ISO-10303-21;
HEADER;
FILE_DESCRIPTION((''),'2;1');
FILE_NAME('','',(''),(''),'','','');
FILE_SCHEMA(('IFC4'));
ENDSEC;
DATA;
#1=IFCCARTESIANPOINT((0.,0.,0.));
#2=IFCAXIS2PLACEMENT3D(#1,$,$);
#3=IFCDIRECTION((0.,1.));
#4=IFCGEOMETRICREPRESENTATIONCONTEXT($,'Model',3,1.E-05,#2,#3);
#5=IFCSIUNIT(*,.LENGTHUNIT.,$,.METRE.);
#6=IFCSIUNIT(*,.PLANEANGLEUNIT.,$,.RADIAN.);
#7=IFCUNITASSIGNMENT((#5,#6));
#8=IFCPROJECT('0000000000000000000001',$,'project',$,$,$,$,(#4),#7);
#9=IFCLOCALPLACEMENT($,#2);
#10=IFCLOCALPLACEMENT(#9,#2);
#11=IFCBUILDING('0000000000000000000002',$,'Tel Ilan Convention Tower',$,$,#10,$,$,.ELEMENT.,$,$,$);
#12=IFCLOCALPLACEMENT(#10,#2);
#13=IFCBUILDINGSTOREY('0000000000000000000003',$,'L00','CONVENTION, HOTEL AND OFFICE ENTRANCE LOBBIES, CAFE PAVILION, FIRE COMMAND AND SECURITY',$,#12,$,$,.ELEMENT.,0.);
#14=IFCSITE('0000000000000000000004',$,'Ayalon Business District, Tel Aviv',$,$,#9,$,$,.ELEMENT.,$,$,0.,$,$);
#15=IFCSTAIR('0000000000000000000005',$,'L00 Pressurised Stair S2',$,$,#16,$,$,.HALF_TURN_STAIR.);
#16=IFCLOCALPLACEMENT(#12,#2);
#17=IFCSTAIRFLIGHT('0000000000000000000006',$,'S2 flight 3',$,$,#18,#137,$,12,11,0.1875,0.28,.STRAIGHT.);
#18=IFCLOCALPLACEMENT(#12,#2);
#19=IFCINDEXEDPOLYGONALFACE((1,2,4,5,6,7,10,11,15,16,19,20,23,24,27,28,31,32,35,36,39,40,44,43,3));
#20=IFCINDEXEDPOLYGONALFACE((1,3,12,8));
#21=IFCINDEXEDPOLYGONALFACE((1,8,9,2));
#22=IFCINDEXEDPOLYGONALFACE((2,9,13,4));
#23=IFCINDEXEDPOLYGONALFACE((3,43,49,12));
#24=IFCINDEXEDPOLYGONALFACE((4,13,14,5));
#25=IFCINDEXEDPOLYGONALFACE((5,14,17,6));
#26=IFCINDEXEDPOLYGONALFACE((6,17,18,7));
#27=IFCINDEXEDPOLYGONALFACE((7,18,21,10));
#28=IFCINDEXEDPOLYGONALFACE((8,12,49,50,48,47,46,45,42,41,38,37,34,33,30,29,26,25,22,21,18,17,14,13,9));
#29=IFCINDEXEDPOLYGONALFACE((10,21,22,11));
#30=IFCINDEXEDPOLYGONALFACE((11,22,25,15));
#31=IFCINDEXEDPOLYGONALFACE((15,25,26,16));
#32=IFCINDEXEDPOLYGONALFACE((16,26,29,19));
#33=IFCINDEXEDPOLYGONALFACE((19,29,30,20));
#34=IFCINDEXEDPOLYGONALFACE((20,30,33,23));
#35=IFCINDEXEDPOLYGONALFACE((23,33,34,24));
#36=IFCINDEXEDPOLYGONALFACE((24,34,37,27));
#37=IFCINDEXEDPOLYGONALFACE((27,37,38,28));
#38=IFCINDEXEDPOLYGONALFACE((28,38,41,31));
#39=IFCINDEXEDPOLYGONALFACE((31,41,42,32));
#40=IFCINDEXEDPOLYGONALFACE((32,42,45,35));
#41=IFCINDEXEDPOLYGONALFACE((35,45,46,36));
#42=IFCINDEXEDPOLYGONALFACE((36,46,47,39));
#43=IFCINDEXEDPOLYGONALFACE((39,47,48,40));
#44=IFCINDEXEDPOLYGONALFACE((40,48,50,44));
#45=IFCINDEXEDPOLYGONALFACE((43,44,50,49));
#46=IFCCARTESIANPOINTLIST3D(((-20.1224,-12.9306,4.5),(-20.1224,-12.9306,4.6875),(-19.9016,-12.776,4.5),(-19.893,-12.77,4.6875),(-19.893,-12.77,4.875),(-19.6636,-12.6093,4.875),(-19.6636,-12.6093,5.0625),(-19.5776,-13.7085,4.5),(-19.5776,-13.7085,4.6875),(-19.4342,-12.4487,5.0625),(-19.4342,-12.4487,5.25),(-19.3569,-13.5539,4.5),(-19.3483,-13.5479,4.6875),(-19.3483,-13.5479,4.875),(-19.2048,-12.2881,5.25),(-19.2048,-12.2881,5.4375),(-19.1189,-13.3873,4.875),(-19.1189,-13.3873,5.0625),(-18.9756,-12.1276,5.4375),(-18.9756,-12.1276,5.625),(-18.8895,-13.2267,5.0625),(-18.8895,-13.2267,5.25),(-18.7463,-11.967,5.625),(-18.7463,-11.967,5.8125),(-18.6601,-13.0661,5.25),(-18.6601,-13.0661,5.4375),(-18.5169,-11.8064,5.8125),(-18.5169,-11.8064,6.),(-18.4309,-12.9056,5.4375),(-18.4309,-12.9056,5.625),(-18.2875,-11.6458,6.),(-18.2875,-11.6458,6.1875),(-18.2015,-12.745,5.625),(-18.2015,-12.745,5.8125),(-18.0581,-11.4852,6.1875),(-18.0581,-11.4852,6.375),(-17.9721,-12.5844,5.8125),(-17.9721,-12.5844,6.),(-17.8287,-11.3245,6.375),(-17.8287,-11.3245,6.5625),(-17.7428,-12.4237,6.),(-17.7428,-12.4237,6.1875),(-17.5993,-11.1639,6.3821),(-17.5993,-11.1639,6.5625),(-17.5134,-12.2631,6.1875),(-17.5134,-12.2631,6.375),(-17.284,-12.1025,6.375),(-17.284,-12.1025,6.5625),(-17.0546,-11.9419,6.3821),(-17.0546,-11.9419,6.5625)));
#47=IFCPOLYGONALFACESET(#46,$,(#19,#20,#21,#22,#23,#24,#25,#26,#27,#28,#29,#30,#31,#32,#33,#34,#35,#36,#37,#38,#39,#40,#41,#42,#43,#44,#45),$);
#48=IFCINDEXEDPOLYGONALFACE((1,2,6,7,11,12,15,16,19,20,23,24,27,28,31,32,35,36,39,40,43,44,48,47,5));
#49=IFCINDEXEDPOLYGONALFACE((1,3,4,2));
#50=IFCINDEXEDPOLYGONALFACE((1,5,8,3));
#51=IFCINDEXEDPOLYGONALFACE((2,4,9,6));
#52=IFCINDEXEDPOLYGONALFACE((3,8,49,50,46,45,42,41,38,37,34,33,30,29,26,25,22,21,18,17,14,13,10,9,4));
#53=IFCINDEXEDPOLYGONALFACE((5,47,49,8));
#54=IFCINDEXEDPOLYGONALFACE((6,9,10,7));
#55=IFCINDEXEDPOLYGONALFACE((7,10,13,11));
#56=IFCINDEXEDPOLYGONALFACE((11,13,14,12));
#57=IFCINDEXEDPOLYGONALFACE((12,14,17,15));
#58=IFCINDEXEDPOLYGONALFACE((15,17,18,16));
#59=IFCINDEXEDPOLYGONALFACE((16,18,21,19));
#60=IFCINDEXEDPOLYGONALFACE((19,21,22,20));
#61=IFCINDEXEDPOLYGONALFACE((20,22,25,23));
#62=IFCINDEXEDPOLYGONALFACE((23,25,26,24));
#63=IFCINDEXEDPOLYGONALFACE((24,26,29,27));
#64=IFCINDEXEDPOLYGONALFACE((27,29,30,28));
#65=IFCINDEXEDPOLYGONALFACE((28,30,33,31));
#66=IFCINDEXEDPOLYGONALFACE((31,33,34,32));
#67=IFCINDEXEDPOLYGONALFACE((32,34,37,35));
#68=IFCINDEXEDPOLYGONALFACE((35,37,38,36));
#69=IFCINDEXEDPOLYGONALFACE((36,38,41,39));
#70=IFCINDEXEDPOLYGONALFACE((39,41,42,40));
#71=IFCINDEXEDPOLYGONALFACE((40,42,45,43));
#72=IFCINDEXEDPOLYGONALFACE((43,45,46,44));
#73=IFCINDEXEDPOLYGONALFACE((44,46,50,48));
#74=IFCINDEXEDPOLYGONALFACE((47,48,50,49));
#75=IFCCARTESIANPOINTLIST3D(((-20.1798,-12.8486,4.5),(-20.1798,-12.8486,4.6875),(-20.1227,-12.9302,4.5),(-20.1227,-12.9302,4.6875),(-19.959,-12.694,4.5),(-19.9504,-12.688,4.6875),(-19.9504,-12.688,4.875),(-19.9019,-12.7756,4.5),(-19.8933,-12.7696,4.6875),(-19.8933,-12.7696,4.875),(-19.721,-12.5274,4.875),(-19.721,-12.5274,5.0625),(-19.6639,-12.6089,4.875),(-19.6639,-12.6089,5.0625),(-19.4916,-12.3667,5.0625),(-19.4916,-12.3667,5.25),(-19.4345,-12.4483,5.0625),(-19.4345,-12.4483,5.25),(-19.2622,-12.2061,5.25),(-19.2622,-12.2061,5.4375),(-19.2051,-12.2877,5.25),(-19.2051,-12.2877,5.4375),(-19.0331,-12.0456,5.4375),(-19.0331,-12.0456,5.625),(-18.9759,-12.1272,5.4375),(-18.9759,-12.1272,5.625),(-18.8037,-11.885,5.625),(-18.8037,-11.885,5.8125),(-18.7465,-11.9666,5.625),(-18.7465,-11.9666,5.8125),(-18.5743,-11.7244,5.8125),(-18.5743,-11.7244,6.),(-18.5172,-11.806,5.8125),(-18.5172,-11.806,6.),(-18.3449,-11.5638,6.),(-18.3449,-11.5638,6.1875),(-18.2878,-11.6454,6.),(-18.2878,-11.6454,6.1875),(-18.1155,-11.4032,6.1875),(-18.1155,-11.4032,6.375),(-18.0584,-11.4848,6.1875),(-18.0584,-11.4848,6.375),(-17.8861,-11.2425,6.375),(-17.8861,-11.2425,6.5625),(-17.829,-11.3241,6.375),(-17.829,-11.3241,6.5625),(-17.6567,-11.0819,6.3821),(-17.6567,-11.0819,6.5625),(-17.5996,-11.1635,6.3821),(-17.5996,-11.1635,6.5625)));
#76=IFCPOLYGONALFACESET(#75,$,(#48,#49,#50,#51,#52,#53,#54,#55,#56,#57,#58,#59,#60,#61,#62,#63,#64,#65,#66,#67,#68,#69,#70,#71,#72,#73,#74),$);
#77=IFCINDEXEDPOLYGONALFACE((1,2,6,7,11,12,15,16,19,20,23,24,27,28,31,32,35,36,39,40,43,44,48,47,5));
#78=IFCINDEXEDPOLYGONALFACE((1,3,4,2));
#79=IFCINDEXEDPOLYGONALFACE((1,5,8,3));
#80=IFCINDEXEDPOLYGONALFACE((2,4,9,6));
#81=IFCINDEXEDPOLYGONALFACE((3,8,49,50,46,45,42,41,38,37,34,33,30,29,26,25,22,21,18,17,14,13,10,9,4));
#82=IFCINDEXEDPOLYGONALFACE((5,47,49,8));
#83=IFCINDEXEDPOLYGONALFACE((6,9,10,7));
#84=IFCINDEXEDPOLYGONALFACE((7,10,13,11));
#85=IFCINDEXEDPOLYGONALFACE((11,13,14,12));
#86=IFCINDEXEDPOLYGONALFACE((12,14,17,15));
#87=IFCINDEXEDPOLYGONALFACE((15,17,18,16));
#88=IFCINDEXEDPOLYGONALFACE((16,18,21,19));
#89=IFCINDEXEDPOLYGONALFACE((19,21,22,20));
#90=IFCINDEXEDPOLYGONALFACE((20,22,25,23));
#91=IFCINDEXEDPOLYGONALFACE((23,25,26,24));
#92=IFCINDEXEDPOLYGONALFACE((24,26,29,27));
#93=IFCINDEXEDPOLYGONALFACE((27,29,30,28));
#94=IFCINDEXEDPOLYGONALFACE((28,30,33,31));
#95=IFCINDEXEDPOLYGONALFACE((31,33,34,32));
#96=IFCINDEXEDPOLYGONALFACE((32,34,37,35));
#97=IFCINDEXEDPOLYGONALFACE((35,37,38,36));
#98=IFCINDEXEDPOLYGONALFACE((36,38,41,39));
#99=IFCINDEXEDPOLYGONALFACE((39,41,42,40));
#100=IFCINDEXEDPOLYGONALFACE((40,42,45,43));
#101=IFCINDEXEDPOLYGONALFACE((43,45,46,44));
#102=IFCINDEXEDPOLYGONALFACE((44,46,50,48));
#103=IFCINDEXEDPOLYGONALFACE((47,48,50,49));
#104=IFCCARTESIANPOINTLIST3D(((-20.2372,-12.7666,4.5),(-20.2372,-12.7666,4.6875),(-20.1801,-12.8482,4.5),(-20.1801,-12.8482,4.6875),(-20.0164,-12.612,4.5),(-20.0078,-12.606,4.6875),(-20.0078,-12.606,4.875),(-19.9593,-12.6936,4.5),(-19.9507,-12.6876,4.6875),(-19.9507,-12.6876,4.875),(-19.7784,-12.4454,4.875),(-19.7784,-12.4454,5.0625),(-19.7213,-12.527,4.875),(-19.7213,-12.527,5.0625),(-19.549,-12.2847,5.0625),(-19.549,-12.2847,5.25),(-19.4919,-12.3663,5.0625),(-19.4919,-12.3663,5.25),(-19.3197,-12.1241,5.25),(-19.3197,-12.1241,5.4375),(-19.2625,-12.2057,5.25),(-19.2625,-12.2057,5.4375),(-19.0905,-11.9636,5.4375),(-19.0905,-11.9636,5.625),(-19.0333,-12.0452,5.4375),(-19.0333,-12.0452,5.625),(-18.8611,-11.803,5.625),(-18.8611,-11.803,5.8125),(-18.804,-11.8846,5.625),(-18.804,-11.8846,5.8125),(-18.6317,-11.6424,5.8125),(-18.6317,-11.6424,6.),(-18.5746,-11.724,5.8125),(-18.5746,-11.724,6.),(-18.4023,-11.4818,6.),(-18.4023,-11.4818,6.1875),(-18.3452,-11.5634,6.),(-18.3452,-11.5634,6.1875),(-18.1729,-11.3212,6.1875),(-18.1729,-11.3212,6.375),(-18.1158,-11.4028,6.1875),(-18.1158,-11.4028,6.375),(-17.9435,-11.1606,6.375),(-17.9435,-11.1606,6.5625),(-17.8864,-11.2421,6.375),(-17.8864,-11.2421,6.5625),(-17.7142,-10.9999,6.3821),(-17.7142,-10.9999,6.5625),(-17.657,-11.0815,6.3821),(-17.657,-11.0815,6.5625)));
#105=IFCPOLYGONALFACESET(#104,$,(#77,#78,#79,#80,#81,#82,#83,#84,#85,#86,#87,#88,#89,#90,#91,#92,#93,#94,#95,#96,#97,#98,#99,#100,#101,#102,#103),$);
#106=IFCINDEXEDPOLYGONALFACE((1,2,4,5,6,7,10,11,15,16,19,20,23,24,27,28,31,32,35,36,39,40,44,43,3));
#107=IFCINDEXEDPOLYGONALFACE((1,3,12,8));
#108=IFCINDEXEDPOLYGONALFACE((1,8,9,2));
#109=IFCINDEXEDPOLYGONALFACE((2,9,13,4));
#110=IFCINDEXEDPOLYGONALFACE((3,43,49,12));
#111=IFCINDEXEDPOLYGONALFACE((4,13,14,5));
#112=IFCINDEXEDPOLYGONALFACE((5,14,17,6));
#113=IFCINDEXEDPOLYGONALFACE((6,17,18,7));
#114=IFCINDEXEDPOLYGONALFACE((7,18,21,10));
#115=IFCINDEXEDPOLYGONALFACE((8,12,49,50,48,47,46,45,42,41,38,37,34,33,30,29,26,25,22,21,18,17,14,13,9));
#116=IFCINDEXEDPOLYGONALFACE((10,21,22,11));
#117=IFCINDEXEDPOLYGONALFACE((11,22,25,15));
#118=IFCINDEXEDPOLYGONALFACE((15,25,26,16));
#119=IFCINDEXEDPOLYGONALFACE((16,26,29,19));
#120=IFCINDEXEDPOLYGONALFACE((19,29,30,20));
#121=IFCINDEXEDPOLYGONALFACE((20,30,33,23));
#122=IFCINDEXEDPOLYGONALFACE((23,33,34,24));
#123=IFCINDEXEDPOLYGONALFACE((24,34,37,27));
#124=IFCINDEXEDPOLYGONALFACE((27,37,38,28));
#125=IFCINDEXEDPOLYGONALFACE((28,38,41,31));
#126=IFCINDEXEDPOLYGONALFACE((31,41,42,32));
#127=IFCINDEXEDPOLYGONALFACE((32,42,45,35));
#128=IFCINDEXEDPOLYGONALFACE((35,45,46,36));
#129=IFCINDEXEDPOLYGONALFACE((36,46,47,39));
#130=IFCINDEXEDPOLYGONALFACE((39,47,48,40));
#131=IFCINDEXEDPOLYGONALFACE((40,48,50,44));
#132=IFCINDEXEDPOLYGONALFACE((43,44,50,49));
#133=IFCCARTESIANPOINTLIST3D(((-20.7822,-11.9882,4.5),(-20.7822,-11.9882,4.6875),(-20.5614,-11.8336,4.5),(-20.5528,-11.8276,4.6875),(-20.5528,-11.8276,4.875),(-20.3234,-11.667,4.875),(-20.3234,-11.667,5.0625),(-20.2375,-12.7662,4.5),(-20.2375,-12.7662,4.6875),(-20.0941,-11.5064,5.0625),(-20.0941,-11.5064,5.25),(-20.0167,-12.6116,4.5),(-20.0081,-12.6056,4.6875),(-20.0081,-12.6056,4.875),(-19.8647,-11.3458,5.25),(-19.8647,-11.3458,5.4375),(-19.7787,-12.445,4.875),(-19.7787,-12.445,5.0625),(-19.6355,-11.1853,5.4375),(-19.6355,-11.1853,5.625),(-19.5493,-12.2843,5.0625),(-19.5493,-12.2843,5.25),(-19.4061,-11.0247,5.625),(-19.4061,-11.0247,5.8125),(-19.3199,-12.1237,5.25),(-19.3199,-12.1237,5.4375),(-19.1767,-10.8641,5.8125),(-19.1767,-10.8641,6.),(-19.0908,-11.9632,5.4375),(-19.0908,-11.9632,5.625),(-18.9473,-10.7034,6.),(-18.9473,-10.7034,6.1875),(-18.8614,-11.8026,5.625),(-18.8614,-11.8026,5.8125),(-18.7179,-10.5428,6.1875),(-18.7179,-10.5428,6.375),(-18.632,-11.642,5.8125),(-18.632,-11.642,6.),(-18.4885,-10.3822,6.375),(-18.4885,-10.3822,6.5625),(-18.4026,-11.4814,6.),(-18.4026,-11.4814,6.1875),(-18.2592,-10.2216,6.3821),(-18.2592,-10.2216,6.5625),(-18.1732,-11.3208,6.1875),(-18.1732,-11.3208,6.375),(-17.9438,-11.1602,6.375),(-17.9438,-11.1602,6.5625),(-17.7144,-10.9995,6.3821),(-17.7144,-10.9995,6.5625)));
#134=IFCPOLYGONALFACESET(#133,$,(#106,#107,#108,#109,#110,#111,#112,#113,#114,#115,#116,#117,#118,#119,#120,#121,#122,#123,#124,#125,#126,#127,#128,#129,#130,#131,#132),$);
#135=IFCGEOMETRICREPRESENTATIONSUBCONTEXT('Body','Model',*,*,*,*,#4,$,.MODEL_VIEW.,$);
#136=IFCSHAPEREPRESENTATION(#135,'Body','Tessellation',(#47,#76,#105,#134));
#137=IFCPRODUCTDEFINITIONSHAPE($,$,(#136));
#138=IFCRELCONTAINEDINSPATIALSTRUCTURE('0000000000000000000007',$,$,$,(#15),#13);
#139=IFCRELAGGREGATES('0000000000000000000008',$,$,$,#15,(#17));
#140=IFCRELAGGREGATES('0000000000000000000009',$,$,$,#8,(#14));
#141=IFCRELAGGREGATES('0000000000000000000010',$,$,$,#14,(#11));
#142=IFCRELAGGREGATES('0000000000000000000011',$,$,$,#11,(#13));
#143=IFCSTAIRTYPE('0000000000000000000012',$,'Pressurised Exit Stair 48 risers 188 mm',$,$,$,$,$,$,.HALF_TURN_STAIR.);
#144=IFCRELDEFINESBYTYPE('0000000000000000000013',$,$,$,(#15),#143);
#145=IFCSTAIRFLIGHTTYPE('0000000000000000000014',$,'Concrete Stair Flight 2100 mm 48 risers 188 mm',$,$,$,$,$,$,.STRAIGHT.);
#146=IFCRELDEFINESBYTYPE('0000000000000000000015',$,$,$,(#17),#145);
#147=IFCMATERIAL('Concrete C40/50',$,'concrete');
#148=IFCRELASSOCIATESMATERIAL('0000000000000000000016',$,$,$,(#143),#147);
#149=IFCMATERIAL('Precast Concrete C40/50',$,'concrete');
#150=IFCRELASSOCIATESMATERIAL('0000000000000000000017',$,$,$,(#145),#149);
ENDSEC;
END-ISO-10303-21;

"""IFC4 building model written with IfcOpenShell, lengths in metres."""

from ifc_helpers import new_model, si_unit, direction, frame, origin, place, context, subcontext, project, spatial, polyline, outline, extrude, material, type_object, element, aggregate, save


model = new_model("IFC4")

# Units and contexts
model_context = context("Model", 3, precision=1e-05, world=origin(), true_north=direction((0.0, 1.0)))
body_context = subcontext(model_context, "Body", "Model", "MODEL_VIEW")
ifc_project = project(units=[si_unit("LENGTHUNIT", "METRE"), si_unit("PLANEANGLEUNIT", "RADIAN")], contexts=[model_context])

# Site, building, storey
site_placement = place(None, origin())
site = spatial("IfcSite", under=ifc_project, at=site_placement, Name="Ayalon Business District, Tel Aviv", CompositionType="ELEMENT", RefElevation=0.0)
building_placement = place(site_placement, origin())
building = spatial("IfcBuilding", under=site, at=building_placement, Name="Tel Ilan Convention Tower", CompositionType="ELEMENT")
storey_placement = place(building_placement, origin())
storey = spatial("IfcBuildingStorey", under=building, at=storey_placement, Name="L00", Description="CONVENTION, HOTEL AND OFFICE ENTRANCE LOBBIES, CAFE PAVILION, FIRE COMMAND AND SECURITY", CompositionType="ELEMENT", Elevation=0.0)

# Stair, stair flight
ifc_material_1 = material(Name="Concrete C40/50", Category="concrete")
stair_type = type_object("IfcStairType", Name="Pressurised Exit Stair 48 risers 188 mm", PredefinedType="HALF_TURN_STAIR", material=ifc_material_1)
ifc_material_2 = material(Name="Precast Concrete C40/50", Category="concrete")
stair_flight_type = type_object("IfcStairFlightType", Name="Concrete Stair Flight 2100 mm 48 risers 188 mm", PredefinedType="STRAIGHT", material=ifc_material_2)
stair_1_placement = place(storey_placement, origin())
stair_1 = element("IfcStair", 1, at=stair_1_placement, inside=storey, type_object=stair_type, Name="L00 Pressurised Stair S2", PredefinedType="HALF_TURN_STAIR")
stair_flight_1_placement = place(storey_placement, frame((-20.1799, -12.8484, 4.5), z_axis=(0.0, 0.0, 1.0), x_axis=(0.819152, 0.573576, 0.0)))
stair_flight_1 = element("IfcStairFlight", 2, at=stair_flight_1_placement, type_object=stair_flight_type, Name="S2 flight 3", NumberOfRisers=12, NumberOfTreads=11, PredefinedType="STRAIGHT", RiserHeight=0.1875, TreadLength=0.28, context=body_context, shape_type="SweptSolid", body=[
    extrude(outline(polyline([(0.0, 0.0), (0.0, 0.1875), (0.28, 0.1875), (0.28, 0.375), (0.5601, 0.375), (0.5601, 0.5625), (0.8401, 0.5625), (0.8401, 0.75), (1.1201, 0.75), (1.1201, 0.9375), (1.3999, 0.9375), (1.3999, 1.125), (1.6799, 1.125), (1.6799, 1.3125), (1.96, 1.3125), (1.96, 1.5), (2.24, 1.5), (2.24, 1.6875), (2.52, 1.6875), (2.52, 1.875), (2.8, 1.875), (2.8, 2.0625), (3.0801, 2.0625), (3.0801, 2.25), (3.0801, 1.8821), (0.2695, 0.0), (0.0, 0.0)])), frame((0.0, -0.1003, 0.0), z_axis=(0.0, -1.0, 0.0), x_axis=(1.0, 0.0, 0.0)), (0.0, 0.0, 1.0), 0.9497),
    extrude(outline(polyline([(0.0, 0.0), (0.0, 0.1875), (0.28, 0.1875), (0.28, 0.375), (0.5601, 0.375), (0.5601, 0.5625), (0.8401, 0.5625), (0.8401, 0.75), (1.1201, 0.75), (1.1201, 0.9375), (1.3999, 0.9375), (1.3999, 1.125), (1.6799, 1.125), (1.6799, 1.3125), (1.96, 1.3125), (1.96, 1.5), (2.24, 1.5), (2.24, 1.6875), (2.52, 1.6875), (2.52, 1.875), (2.8, 1.875), (2.8, 2.0625), (3.0801, 2.0625), (3.0801, 2.25), (3.0801, 1.8821), (0.2695, 0.0), (0.0, 0.0)])), frame((0.0, -0.0002, 0.0), z_axis=(0.0, -1.0, 0.0), x_axis=(1.0, 0.0, 0.0)), (0.0, 0.0, 1.0), 0.0996),
    extrude(outline(polyline([(0.0, 0.0), (0.0, 0.1875), (0.28, 0.1875), (0.28, 0.375), (0.5601, 0.375), (0.5601, 0.5625), (0.8401, 0.5625), (0.8401, 0.75), (1.1201, 0.75), (1.1201, 0.9375), (1.3999, 0.9375), (1.3999, 1.125), (1.6799, 1.125), (1.6799, 1.3125), (1.96, 1.3125), (1.96, 1.5), (2.24, 1.5), (2.24, 1.6875), (2.52, 1.6875), (2.52, 1.875), (2.8, 1.875), (2.8, 2.0625), (3.0801, 2.0625), (3.0801, 2.25), (3.0801, 1.8821), (0.2695, 0.0), (0.0, 0.0)])), frame((0.0, 0.0999, 0.0), z_axis=(0.0, -1.0, 0.0), x_axis=(1.0, 0.0, 0.0)), (0.0, 0.0, 1.0), 0.0996),
    extrude(outline(polyline([(0.0, 0.0), (0.0, 0.1875), (0.28, 0.1875), (0.28, 0.375), (0.5601, 0.375), (0.5601, 0.5625), (0.8401, 0.5625), (0.8401, 0.75), (1.1201, 0.75), (1.1201, 0.9375), (1.3999, 0.9375), (1.3999, 1.125), (1.6799, 1.125), (1.6799, 1.3125), (1.96, 1.3125), (1.96, 1.5), (2.24, 1.5), (2.24, 1.6875), (2.52, 1.6875), (2.52, 1.875), (2.8, 1.875), (2.8, 2.0625), (3.0801, 2.0625), (3.0801, 2.25), (3.0801, 1.8821), (0.2695, 0.0), (0.0, 0.0)])), frame((0.0, 1.05, 0.0), z_axis=(0.0, -1.0, 0.0), x_axis=(1.0, 0.0, 0.0)), (0.0, 0.0, 1.0), 0.9497),
])
aggregate(stair_1, [stair_flight_1])

save(model, "model.ifc")
